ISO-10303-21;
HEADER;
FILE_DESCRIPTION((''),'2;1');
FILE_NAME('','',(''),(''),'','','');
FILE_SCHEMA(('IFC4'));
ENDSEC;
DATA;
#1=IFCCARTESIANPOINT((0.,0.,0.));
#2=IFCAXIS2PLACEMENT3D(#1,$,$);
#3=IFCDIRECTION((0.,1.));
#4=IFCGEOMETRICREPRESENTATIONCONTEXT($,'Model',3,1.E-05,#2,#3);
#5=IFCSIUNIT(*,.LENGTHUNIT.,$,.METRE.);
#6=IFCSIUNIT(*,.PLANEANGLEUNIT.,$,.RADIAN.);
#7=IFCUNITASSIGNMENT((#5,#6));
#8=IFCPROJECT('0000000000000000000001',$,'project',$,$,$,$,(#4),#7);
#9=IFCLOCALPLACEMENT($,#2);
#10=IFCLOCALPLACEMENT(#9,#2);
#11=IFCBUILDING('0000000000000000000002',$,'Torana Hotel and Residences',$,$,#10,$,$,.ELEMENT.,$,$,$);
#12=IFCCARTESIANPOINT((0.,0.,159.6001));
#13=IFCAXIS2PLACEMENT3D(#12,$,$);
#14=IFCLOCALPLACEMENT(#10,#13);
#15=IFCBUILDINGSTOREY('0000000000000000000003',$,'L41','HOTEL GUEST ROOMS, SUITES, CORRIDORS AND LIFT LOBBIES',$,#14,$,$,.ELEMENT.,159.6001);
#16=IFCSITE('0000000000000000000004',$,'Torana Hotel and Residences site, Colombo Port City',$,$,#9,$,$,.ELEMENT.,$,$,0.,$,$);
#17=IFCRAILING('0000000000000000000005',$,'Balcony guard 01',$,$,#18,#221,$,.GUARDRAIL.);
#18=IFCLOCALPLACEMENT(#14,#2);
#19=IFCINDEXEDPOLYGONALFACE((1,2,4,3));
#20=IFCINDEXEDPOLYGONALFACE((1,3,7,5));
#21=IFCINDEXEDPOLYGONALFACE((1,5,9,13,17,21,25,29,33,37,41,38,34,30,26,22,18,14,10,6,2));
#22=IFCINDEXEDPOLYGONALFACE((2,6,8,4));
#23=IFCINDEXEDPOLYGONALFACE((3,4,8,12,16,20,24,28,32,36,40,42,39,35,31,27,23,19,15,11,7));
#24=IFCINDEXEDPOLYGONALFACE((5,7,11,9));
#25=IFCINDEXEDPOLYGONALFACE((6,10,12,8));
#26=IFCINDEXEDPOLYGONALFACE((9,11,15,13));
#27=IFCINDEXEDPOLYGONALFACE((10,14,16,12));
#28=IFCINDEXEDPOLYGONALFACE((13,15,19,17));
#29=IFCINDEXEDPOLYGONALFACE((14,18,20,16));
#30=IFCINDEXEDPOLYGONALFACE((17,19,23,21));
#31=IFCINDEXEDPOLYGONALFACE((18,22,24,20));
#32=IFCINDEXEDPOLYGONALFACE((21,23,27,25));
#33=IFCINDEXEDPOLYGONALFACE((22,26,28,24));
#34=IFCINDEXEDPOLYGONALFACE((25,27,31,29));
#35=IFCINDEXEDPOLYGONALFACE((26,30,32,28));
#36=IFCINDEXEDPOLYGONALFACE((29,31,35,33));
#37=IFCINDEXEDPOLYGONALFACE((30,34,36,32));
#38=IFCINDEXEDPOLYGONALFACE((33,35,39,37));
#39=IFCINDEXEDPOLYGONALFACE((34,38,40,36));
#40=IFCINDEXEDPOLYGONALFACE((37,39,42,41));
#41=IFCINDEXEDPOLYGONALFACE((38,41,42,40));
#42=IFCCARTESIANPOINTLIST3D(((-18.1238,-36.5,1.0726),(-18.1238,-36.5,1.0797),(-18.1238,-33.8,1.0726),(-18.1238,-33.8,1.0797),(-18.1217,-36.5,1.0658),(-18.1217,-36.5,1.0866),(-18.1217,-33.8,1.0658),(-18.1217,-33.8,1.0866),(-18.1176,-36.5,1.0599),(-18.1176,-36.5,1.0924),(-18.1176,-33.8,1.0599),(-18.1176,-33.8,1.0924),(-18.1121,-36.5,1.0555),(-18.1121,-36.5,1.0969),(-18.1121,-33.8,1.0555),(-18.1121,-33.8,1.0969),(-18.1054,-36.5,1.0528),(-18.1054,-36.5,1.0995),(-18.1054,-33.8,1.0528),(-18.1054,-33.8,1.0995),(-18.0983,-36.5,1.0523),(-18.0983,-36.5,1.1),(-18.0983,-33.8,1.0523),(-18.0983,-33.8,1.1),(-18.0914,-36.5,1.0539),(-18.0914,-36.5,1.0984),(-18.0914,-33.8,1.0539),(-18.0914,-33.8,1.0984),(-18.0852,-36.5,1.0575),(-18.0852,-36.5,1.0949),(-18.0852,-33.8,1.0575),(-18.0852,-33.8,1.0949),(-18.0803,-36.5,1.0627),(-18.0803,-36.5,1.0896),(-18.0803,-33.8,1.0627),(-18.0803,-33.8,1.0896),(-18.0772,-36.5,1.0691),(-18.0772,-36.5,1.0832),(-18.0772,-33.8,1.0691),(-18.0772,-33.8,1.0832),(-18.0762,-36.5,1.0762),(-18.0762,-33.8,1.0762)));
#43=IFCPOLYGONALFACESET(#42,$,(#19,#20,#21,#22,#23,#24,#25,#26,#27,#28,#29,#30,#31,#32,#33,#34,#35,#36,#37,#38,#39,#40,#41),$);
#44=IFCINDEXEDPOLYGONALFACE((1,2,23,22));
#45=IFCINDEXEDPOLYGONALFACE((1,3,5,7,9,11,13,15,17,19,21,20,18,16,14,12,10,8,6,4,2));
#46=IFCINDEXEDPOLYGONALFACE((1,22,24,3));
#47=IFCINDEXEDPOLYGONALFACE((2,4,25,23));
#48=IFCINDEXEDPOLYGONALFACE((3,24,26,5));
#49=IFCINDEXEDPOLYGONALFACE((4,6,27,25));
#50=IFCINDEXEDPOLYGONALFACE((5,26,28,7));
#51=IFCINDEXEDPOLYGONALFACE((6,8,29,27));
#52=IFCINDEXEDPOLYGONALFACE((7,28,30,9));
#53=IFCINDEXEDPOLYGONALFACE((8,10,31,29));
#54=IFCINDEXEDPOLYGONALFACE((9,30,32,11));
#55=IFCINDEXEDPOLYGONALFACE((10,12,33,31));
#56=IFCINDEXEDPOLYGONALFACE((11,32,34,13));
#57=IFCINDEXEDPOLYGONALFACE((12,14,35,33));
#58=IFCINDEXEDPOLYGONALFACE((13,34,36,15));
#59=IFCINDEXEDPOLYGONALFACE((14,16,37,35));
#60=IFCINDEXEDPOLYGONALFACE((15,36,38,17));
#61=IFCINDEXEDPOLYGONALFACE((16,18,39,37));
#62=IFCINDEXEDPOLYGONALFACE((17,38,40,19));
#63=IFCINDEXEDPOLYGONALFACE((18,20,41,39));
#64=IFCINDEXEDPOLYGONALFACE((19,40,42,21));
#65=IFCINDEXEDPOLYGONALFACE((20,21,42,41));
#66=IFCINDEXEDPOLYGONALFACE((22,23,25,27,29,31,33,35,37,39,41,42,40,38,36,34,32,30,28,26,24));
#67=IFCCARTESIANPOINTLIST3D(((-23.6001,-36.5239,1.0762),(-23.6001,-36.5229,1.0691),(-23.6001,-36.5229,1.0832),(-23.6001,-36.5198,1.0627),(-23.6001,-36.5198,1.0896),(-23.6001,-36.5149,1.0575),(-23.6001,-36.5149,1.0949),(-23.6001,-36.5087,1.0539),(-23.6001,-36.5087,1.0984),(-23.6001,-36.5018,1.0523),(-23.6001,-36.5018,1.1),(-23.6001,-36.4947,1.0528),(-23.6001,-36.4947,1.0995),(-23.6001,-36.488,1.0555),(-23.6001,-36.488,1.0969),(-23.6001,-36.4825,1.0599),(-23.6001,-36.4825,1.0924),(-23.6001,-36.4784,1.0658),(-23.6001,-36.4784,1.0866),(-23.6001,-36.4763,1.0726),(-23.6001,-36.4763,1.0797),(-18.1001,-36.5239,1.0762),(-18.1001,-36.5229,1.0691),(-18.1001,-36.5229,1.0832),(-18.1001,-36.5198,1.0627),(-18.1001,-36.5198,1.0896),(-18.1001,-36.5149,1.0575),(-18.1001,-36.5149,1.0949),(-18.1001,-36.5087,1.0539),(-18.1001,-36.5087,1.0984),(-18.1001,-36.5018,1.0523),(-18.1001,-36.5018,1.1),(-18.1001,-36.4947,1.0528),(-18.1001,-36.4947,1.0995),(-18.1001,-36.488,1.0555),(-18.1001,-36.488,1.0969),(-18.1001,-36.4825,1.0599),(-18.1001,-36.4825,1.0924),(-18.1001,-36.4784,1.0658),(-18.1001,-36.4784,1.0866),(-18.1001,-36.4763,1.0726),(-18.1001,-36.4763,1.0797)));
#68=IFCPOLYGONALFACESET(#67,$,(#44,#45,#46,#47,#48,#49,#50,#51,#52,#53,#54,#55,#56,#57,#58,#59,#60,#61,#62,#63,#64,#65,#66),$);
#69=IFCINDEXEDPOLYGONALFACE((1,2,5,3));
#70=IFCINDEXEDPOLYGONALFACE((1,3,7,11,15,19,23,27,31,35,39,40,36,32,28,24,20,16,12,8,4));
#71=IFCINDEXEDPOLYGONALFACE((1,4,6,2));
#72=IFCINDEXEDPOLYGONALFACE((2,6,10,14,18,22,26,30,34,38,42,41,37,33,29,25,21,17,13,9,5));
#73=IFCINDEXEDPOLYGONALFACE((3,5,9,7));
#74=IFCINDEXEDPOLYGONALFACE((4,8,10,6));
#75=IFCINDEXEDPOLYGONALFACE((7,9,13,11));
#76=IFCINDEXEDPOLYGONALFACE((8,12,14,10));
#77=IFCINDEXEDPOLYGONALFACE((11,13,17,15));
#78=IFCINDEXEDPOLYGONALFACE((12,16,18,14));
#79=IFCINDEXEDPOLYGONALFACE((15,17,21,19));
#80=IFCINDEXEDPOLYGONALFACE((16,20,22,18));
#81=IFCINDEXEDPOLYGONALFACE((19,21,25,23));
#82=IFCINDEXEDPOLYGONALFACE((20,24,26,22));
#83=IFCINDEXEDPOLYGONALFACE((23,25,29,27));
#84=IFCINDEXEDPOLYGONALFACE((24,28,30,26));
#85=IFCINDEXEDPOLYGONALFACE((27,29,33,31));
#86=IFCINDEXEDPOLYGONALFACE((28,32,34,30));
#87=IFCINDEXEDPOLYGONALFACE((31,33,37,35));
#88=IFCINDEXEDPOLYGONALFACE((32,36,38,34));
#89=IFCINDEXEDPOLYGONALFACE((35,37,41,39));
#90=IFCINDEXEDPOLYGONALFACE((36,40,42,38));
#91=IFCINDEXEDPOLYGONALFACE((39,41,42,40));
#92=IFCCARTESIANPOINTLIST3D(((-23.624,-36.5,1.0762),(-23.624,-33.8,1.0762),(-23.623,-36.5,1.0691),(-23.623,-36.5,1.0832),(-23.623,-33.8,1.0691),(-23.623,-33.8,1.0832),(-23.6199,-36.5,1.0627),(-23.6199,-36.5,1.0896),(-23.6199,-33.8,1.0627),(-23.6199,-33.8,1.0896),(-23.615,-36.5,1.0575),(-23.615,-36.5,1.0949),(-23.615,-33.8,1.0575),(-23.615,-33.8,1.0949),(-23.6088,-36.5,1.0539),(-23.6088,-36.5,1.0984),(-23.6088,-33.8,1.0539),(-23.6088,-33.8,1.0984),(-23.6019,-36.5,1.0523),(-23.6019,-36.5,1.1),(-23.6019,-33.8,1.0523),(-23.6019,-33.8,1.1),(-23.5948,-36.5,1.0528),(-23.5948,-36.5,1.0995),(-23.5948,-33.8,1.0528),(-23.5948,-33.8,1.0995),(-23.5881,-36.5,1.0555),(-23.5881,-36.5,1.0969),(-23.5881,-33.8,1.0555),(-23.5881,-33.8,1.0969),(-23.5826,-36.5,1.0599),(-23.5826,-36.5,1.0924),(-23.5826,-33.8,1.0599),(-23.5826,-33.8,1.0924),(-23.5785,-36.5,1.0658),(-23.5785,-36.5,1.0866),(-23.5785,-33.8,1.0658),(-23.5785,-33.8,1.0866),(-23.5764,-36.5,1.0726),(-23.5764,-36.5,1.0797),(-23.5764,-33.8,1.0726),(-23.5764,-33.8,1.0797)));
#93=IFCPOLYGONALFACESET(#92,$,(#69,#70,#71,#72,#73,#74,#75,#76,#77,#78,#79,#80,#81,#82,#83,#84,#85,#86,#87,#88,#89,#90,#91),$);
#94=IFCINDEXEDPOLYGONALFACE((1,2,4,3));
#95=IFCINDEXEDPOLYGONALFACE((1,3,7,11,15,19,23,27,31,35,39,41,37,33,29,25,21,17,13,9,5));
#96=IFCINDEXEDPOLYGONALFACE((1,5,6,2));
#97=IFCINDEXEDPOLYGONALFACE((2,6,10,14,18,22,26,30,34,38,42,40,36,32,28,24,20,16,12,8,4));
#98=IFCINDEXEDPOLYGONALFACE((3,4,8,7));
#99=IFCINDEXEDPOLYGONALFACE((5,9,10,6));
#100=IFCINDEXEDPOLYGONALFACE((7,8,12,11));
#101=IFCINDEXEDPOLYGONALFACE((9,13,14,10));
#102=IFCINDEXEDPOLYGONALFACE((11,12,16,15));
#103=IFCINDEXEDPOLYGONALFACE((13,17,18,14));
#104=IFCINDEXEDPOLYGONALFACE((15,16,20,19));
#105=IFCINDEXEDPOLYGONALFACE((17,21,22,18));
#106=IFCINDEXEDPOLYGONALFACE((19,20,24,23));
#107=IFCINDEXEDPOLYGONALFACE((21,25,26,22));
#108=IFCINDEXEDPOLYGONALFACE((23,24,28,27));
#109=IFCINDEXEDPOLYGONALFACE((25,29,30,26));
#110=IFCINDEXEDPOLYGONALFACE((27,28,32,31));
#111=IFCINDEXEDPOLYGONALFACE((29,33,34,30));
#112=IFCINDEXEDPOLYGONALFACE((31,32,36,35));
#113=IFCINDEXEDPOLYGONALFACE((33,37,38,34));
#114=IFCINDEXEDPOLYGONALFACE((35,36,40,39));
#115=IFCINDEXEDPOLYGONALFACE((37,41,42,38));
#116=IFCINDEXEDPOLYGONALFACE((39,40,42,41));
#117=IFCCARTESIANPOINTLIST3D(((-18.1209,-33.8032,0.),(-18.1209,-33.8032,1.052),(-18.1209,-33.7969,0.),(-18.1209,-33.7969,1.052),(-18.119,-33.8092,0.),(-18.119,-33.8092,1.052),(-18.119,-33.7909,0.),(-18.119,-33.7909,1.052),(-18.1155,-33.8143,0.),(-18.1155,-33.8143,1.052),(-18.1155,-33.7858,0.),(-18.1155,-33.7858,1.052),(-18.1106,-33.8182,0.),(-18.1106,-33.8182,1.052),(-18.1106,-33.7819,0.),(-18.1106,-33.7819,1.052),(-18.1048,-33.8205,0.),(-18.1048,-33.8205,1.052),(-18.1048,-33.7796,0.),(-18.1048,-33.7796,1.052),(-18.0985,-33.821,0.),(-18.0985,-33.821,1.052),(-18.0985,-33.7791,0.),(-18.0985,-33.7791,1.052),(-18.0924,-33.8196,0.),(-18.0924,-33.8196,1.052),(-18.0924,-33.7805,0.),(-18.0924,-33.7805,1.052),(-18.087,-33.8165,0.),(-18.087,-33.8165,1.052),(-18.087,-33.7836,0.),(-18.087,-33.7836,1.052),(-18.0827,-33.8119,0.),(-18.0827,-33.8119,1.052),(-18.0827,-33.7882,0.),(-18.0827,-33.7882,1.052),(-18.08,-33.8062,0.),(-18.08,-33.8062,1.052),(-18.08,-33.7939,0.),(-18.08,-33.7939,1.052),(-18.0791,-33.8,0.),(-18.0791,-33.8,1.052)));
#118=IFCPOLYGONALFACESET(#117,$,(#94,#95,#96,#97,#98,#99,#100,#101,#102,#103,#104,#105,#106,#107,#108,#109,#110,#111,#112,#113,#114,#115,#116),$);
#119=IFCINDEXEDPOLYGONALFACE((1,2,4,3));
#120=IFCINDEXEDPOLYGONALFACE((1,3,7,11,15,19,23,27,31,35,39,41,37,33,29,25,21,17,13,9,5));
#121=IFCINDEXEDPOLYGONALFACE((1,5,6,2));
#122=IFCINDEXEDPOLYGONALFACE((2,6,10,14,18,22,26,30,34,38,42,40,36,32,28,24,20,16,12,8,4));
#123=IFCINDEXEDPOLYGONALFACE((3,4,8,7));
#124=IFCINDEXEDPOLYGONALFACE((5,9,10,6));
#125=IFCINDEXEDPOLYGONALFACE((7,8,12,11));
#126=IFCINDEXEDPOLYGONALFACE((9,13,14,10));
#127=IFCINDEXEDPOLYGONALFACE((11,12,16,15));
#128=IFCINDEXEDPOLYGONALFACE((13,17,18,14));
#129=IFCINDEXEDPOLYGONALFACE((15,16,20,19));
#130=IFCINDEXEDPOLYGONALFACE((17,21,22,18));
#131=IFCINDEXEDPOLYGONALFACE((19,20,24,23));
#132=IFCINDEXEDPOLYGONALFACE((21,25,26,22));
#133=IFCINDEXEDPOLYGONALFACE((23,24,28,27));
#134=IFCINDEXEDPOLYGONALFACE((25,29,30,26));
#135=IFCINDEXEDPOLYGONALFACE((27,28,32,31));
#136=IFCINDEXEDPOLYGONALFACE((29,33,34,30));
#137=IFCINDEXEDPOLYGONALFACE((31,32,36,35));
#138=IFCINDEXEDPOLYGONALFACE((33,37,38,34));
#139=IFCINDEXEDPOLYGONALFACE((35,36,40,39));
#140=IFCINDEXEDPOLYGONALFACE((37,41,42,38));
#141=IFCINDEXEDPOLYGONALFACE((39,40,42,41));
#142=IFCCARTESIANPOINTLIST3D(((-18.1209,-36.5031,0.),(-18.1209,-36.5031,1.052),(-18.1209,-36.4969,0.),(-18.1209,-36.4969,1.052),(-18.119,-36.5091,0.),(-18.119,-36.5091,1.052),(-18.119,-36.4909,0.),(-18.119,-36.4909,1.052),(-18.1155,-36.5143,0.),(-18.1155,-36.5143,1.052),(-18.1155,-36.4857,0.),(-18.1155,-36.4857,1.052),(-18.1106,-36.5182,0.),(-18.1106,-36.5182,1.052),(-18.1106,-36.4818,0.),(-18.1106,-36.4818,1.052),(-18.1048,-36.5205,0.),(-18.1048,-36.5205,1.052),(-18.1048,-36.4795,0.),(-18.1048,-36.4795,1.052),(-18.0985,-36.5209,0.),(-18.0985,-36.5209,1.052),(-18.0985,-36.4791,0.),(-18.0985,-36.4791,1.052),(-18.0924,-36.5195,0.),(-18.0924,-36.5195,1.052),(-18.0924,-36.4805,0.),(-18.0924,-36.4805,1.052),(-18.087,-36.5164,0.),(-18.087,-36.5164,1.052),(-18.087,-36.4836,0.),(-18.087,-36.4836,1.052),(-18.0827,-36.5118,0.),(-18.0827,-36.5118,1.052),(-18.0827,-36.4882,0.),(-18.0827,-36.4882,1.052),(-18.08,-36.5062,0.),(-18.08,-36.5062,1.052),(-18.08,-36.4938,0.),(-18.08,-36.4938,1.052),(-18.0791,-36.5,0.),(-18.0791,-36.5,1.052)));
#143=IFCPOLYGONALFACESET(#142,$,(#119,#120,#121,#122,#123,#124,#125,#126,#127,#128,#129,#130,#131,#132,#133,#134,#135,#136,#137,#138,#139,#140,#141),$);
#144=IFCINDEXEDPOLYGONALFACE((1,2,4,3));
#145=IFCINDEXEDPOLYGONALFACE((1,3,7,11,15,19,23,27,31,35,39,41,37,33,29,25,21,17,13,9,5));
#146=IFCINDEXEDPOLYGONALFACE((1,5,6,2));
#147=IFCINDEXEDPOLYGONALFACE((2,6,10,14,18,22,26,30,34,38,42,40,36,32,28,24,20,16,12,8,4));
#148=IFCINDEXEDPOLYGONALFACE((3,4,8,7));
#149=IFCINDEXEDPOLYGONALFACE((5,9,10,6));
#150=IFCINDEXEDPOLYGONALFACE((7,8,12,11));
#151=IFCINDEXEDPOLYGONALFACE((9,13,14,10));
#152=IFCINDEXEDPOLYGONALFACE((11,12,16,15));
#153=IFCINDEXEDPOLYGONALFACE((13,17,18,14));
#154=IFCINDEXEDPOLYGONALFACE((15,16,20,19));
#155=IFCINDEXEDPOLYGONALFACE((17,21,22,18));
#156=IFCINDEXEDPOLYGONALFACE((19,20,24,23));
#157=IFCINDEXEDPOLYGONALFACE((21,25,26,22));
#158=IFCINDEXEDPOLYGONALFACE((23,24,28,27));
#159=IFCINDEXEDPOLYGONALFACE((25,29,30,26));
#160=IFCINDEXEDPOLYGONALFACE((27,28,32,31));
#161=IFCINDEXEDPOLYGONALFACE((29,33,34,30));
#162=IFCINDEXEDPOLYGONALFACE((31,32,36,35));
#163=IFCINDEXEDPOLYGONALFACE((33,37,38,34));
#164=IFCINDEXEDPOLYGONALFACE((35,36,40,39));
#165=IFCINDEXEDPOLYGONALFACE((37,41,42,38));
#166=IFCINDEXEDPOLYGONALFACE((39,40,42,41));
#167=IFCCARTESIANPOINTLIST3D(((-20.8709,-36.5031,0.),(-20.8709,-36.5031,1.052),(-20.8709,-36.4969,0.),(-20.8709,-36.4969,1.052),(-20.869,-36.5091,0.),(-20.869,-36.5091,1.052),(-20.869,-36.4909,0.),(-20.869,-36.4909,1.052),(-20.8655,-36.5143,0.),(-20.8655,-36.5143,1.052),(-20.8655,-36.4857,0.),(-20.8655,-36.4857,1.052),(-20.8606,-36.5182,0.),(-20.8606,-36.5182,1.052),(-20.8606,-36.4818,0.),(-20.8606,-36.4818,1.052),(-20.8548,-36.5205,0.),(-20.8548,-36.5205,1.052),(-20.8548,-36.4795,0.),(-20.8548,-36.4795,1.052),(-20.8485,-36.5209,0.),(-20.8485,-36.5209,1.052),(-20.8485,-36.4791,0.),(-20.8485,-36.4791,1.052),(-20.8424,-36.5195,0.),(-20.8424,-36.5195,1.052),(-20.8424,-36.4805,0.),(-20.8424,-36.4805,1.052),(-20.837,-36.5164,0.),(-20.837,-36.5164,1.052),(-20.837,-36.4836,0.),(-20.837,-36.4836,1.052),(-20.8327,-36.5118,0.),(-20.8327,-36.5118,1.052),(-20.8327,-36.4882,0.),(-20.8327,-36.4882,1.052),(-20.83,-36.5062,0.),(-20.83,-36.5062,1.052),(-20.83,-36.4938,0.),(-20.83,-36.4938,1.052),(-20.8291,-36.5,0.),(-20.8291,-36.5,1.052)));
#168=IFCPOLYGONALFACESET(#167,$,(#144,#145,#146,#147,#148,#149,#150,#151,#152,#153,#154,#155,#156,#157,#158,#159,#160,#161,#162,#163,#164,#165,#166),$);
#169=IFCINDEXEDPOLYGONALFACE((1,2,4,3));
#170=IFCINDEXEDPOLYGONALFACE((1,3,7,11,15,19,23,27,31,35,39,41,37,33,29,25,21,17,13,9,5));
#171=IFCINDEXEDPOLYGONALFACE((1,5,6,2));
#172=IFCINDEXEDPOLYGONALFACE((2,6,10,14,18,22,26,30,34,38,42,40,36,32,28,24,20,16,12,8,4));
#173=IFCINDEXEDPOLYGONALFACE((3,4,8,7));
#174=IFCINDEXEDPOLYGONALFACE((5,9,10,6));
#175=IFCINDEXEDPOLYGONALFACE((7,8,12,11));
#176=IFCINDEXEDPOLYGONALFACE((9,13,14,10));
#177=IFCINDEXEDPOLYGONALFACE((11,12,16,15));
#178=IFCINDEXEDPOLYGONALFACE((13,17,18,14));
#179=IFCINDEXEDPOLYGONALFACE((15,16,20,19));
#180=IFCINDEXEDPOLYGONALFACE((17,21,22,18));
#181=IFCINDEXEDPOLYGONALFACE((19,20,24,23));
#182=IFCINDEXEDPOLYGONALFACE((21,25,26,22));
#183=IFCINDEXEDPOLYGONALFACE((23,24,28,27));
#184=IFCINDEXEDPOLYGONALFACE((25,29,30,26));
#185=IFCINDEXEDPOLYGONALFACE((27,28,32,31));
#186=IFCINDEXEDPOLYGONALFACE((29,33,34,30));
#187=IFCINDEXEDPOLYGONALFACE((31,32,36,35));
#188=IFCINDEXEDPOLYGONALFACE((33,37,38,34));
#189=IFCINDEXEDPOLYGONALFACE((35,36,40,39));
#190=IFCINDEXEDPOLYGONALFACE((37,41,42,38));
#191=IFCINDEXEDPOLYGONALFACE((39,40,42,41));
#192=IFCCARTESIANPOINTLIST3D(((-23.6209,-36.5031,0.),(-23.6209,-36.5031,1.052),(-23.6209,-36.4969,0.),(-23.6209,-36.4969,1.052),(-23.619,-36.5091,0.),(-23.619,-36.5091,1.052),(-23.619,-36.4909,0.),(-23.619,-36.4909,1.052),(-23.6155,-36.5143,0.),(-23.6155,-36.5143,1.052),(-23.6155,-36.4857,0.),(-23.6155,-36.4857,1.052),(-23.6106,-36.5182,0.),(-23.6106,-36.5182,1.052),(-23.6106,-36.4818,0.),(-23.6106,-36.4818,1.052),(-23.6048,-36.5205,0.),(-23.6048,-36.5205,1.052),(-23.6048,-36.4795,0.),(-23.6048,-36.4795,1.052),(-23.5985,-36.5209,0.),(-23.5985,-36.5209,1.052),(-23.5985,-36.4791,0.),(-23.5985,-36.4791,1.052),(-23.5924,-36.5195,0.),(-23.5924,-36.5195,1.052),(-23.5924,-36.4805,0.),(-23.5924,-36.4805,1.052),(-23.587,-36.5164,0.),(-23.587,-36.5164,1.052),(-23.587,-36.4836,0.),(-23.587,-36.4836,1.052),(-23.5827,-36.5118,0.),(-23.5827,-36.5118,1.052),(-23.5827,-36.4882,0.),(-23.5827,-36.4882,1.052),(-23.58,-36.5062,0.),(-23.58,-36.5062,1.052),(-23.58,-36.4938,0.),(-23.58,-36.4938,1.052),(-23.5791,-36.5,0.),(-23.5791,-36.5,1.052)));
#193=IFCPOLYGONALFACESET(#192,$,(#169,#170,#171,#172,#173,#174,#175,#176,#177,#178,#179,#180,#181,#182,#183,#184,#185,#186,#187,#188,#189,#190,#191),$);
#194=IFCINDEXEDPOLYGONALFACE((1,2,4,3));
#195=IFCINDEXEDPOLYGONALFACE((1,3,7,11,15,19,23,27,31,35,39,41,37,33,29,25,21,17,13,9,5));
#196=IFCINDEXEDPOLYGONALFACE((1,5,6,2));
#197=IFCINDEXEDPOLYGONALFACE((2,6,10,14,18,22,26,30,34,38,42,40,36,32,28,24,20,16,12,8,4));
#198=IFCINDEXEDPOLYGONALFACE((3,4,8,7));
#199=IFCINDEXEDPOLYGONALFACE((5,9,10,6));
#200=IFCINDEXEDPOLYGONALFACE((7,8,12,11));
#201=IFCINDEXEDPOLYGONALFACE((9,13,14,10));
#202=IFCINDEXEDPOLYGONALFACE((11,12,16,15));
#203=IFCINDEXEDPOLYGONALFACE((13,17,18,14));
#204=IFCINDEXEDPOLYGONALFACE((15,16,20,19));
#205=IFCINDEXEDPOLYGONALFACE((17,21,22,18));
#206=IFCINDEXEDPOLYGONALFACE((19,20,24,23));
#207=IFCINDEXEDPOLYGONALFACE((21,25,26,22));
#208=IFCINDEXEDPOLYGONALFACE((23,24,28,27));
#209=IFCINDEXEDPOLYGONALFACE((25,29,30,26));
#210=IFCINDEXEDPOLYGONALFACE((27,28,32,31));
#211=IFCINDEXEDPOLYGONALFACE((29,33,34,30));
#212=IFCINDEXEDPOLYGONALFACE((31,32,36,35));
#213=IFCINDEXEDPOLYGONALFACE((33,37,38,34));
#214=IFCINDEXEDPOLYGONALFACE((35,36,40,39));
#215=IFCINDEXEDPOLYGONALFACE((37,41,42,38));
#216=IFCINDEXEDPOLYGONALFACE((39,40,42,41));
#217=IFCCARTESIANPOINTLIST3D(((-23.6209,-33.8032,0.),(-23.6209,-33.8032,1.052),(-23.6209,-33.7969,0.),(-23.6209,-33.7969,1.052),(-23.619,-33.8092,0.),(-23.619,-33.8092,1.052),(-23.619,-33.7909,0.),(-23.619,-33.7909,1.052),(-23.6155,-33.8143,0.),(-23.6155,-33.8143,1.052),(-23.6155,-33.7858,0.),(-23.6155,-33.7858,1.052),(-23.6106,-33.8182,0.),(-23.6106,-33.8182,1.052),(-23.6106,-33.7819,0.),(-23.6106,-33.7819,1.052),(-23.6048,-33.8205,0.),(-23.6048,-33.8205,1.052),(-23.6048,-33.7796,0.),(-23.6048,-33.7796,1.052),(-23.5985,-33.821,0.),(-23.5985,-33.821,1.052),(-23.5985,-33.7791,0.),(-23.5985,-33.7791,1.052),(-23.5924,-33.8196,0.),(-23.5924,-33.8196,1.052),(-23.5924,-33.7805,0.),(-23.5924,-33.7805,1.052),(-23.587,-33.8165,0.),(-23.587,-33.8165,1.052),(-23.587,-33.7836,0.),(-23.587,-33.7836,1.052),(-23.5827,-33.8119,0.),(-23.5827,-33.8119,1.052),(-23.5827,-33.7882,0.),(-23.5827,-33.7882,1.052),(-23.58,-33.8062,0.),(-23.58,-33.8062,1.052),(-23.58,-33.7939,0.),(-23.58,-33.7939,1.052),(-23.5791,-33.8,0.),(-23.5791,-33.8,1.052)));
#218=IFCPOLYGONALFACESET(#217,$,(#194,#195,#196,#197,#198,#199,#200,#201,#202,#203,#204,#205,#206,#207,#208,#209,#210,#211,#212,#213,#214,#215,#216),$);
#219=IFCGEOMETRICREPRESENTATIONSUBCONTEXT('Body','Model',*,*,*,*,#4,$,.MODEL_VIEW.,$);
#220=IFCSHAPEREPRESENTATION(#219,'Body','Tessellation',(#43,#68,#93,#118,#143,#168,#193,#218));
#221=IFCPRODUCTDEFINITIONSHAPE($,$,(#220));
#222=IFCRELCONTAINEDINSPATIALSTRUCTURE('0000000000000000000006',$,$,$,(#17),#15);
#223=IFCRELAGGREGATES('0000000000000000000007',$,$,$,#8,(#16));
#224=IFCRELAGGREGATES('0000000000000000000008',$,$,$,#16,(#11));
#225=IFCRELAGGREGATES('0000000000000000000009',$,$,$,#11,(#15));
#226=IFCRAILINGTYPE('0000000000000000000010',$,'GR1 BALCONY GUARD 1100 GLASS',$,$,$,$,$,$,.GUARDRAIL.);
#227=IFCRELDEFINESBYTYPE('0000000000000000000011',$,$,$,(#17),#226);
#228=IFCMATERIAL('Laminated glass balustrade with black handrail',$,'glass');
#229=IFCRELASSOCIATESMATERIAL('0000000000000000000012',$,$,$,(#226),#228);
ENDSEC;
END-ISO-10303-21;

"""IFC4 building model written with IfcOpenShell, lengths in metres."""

from ifc_helpers import new_model, si_unit, direction, frame, origin, origin_2d, place, context, subcontext, project, spatial, circle, extrude, material, type_object, element, save


model = new_model("IFC4")

# Units and contexts
model_context = context("Model", 3, precision=1e-05, world=origin(), true_north=direction((0.0, 1.0)))
body_context = subcontext(model_context, "Body", "Model", "MODEL_VIEW")
ifc_project = project(units=[si_unit("LENGTHUNIT", "METRE"), si_unit("PLANEANGLEUNIT", "RADIAN")], contexts=[model_context])

# Site, building, storey
site_placement = place(None, origin())
site = spatial("IfcSite", under=ifc_project, at=site_placement, Name="Torana Hotel and Residences site, Colombo Port City", CompositionType="ELEMENT", RefElevation=0.0)
building_placement = place(site_placement, origin())
building = spatial("IfcBuilding", under=site, at=building_placement, Name="Torana Hotel and Residences", CompositionType="ELEMENT")
storey_placement = place(building_placement, frame((0.0, 0.0, 159.6001)))
storey = spatial("IfcBuildingStorey", under=building, at=storey_placement, Name="L41", Description="HOTEL GUEST ROOMS, SUITES, CORRIDORS AND LIFT LOBBIES", CompositionType="ELEMENT", Elevation=159.6001)

# Railing
ifc_material_1 = material(Name="Laminated glass balustrade with black handrail", Category="glass")
railing_type = type_object("IfcRailingType", Name="GR1 BALCONY GUARD 1100 GLASS", PredefinedType="GUARDRAIL", material=ifc_material_1)
railing_placement = place(storey_placement, frame((-18.1001, -33.8, 0.0)))
element("IfcRailing", 1, at=railing_placement, inside=storey, type_object=railing_type, Name="Balcony guard 01", PredefinedType="GUARDRAIL", context=body_context, shape_type="SweptSolid", body=[
    extrude(circle(Radius=0.0239, at=origin_2d()), frame((0.0, 0.0, 1.0762), z_axis=(0.0, -1.0, 0.0), x_axis=(1.0, 0.0, 0.0)), (0.0, 0.0, 1.0), 2.7),
    extrude(circle(Radius=0.0239, at=origin_2d()), frame((0.0, -2.7, 1.0762), z_axis=(-1.0, 0.0, 0.0), x_axis=(0.0, -1.0, 0.0)), (0.0, 0.0, 1.0), 5.5),
    extrude(circle(Radius=0.0239, at=origin_2d()), frame((-5.5, -2.7, 1.0762), z_axis=(0.0, 1.0, 0.0), x_axis=(-1.0, 0.0, 0.0)), (0.0, 0.0, 1.0), 2.7),
    extrude(circle(Radius=0.021, at=origin_2d()), origin(), (0.0, 0.0, 1.0), 1.052),
    extrude(circle(Radius=0.021, at=origin_2d()), frame((0.0, -2.7, 0.0)), (0.0, 0.0, 1.0), 1.052),
    extrude(circle(Radius=0.021, at=origin_2d()), frame((-2.75, -2.7, 0.0)), (0.0, 0.0, 1.0), 1.052),
    extrude(circle(Radius=0.021, at=origin_2d()), frame((-5.5, -2.7, 0.0)), (0.0, 0.0, 1.0), 1.052),
    extrude(circle(Radius=0.021, at=origin_2d()), frame((-5.5, 0.0, 0.0)), (0.0, 0.0, 1.0), 1.052),
])

save(model, "model.ifc")
